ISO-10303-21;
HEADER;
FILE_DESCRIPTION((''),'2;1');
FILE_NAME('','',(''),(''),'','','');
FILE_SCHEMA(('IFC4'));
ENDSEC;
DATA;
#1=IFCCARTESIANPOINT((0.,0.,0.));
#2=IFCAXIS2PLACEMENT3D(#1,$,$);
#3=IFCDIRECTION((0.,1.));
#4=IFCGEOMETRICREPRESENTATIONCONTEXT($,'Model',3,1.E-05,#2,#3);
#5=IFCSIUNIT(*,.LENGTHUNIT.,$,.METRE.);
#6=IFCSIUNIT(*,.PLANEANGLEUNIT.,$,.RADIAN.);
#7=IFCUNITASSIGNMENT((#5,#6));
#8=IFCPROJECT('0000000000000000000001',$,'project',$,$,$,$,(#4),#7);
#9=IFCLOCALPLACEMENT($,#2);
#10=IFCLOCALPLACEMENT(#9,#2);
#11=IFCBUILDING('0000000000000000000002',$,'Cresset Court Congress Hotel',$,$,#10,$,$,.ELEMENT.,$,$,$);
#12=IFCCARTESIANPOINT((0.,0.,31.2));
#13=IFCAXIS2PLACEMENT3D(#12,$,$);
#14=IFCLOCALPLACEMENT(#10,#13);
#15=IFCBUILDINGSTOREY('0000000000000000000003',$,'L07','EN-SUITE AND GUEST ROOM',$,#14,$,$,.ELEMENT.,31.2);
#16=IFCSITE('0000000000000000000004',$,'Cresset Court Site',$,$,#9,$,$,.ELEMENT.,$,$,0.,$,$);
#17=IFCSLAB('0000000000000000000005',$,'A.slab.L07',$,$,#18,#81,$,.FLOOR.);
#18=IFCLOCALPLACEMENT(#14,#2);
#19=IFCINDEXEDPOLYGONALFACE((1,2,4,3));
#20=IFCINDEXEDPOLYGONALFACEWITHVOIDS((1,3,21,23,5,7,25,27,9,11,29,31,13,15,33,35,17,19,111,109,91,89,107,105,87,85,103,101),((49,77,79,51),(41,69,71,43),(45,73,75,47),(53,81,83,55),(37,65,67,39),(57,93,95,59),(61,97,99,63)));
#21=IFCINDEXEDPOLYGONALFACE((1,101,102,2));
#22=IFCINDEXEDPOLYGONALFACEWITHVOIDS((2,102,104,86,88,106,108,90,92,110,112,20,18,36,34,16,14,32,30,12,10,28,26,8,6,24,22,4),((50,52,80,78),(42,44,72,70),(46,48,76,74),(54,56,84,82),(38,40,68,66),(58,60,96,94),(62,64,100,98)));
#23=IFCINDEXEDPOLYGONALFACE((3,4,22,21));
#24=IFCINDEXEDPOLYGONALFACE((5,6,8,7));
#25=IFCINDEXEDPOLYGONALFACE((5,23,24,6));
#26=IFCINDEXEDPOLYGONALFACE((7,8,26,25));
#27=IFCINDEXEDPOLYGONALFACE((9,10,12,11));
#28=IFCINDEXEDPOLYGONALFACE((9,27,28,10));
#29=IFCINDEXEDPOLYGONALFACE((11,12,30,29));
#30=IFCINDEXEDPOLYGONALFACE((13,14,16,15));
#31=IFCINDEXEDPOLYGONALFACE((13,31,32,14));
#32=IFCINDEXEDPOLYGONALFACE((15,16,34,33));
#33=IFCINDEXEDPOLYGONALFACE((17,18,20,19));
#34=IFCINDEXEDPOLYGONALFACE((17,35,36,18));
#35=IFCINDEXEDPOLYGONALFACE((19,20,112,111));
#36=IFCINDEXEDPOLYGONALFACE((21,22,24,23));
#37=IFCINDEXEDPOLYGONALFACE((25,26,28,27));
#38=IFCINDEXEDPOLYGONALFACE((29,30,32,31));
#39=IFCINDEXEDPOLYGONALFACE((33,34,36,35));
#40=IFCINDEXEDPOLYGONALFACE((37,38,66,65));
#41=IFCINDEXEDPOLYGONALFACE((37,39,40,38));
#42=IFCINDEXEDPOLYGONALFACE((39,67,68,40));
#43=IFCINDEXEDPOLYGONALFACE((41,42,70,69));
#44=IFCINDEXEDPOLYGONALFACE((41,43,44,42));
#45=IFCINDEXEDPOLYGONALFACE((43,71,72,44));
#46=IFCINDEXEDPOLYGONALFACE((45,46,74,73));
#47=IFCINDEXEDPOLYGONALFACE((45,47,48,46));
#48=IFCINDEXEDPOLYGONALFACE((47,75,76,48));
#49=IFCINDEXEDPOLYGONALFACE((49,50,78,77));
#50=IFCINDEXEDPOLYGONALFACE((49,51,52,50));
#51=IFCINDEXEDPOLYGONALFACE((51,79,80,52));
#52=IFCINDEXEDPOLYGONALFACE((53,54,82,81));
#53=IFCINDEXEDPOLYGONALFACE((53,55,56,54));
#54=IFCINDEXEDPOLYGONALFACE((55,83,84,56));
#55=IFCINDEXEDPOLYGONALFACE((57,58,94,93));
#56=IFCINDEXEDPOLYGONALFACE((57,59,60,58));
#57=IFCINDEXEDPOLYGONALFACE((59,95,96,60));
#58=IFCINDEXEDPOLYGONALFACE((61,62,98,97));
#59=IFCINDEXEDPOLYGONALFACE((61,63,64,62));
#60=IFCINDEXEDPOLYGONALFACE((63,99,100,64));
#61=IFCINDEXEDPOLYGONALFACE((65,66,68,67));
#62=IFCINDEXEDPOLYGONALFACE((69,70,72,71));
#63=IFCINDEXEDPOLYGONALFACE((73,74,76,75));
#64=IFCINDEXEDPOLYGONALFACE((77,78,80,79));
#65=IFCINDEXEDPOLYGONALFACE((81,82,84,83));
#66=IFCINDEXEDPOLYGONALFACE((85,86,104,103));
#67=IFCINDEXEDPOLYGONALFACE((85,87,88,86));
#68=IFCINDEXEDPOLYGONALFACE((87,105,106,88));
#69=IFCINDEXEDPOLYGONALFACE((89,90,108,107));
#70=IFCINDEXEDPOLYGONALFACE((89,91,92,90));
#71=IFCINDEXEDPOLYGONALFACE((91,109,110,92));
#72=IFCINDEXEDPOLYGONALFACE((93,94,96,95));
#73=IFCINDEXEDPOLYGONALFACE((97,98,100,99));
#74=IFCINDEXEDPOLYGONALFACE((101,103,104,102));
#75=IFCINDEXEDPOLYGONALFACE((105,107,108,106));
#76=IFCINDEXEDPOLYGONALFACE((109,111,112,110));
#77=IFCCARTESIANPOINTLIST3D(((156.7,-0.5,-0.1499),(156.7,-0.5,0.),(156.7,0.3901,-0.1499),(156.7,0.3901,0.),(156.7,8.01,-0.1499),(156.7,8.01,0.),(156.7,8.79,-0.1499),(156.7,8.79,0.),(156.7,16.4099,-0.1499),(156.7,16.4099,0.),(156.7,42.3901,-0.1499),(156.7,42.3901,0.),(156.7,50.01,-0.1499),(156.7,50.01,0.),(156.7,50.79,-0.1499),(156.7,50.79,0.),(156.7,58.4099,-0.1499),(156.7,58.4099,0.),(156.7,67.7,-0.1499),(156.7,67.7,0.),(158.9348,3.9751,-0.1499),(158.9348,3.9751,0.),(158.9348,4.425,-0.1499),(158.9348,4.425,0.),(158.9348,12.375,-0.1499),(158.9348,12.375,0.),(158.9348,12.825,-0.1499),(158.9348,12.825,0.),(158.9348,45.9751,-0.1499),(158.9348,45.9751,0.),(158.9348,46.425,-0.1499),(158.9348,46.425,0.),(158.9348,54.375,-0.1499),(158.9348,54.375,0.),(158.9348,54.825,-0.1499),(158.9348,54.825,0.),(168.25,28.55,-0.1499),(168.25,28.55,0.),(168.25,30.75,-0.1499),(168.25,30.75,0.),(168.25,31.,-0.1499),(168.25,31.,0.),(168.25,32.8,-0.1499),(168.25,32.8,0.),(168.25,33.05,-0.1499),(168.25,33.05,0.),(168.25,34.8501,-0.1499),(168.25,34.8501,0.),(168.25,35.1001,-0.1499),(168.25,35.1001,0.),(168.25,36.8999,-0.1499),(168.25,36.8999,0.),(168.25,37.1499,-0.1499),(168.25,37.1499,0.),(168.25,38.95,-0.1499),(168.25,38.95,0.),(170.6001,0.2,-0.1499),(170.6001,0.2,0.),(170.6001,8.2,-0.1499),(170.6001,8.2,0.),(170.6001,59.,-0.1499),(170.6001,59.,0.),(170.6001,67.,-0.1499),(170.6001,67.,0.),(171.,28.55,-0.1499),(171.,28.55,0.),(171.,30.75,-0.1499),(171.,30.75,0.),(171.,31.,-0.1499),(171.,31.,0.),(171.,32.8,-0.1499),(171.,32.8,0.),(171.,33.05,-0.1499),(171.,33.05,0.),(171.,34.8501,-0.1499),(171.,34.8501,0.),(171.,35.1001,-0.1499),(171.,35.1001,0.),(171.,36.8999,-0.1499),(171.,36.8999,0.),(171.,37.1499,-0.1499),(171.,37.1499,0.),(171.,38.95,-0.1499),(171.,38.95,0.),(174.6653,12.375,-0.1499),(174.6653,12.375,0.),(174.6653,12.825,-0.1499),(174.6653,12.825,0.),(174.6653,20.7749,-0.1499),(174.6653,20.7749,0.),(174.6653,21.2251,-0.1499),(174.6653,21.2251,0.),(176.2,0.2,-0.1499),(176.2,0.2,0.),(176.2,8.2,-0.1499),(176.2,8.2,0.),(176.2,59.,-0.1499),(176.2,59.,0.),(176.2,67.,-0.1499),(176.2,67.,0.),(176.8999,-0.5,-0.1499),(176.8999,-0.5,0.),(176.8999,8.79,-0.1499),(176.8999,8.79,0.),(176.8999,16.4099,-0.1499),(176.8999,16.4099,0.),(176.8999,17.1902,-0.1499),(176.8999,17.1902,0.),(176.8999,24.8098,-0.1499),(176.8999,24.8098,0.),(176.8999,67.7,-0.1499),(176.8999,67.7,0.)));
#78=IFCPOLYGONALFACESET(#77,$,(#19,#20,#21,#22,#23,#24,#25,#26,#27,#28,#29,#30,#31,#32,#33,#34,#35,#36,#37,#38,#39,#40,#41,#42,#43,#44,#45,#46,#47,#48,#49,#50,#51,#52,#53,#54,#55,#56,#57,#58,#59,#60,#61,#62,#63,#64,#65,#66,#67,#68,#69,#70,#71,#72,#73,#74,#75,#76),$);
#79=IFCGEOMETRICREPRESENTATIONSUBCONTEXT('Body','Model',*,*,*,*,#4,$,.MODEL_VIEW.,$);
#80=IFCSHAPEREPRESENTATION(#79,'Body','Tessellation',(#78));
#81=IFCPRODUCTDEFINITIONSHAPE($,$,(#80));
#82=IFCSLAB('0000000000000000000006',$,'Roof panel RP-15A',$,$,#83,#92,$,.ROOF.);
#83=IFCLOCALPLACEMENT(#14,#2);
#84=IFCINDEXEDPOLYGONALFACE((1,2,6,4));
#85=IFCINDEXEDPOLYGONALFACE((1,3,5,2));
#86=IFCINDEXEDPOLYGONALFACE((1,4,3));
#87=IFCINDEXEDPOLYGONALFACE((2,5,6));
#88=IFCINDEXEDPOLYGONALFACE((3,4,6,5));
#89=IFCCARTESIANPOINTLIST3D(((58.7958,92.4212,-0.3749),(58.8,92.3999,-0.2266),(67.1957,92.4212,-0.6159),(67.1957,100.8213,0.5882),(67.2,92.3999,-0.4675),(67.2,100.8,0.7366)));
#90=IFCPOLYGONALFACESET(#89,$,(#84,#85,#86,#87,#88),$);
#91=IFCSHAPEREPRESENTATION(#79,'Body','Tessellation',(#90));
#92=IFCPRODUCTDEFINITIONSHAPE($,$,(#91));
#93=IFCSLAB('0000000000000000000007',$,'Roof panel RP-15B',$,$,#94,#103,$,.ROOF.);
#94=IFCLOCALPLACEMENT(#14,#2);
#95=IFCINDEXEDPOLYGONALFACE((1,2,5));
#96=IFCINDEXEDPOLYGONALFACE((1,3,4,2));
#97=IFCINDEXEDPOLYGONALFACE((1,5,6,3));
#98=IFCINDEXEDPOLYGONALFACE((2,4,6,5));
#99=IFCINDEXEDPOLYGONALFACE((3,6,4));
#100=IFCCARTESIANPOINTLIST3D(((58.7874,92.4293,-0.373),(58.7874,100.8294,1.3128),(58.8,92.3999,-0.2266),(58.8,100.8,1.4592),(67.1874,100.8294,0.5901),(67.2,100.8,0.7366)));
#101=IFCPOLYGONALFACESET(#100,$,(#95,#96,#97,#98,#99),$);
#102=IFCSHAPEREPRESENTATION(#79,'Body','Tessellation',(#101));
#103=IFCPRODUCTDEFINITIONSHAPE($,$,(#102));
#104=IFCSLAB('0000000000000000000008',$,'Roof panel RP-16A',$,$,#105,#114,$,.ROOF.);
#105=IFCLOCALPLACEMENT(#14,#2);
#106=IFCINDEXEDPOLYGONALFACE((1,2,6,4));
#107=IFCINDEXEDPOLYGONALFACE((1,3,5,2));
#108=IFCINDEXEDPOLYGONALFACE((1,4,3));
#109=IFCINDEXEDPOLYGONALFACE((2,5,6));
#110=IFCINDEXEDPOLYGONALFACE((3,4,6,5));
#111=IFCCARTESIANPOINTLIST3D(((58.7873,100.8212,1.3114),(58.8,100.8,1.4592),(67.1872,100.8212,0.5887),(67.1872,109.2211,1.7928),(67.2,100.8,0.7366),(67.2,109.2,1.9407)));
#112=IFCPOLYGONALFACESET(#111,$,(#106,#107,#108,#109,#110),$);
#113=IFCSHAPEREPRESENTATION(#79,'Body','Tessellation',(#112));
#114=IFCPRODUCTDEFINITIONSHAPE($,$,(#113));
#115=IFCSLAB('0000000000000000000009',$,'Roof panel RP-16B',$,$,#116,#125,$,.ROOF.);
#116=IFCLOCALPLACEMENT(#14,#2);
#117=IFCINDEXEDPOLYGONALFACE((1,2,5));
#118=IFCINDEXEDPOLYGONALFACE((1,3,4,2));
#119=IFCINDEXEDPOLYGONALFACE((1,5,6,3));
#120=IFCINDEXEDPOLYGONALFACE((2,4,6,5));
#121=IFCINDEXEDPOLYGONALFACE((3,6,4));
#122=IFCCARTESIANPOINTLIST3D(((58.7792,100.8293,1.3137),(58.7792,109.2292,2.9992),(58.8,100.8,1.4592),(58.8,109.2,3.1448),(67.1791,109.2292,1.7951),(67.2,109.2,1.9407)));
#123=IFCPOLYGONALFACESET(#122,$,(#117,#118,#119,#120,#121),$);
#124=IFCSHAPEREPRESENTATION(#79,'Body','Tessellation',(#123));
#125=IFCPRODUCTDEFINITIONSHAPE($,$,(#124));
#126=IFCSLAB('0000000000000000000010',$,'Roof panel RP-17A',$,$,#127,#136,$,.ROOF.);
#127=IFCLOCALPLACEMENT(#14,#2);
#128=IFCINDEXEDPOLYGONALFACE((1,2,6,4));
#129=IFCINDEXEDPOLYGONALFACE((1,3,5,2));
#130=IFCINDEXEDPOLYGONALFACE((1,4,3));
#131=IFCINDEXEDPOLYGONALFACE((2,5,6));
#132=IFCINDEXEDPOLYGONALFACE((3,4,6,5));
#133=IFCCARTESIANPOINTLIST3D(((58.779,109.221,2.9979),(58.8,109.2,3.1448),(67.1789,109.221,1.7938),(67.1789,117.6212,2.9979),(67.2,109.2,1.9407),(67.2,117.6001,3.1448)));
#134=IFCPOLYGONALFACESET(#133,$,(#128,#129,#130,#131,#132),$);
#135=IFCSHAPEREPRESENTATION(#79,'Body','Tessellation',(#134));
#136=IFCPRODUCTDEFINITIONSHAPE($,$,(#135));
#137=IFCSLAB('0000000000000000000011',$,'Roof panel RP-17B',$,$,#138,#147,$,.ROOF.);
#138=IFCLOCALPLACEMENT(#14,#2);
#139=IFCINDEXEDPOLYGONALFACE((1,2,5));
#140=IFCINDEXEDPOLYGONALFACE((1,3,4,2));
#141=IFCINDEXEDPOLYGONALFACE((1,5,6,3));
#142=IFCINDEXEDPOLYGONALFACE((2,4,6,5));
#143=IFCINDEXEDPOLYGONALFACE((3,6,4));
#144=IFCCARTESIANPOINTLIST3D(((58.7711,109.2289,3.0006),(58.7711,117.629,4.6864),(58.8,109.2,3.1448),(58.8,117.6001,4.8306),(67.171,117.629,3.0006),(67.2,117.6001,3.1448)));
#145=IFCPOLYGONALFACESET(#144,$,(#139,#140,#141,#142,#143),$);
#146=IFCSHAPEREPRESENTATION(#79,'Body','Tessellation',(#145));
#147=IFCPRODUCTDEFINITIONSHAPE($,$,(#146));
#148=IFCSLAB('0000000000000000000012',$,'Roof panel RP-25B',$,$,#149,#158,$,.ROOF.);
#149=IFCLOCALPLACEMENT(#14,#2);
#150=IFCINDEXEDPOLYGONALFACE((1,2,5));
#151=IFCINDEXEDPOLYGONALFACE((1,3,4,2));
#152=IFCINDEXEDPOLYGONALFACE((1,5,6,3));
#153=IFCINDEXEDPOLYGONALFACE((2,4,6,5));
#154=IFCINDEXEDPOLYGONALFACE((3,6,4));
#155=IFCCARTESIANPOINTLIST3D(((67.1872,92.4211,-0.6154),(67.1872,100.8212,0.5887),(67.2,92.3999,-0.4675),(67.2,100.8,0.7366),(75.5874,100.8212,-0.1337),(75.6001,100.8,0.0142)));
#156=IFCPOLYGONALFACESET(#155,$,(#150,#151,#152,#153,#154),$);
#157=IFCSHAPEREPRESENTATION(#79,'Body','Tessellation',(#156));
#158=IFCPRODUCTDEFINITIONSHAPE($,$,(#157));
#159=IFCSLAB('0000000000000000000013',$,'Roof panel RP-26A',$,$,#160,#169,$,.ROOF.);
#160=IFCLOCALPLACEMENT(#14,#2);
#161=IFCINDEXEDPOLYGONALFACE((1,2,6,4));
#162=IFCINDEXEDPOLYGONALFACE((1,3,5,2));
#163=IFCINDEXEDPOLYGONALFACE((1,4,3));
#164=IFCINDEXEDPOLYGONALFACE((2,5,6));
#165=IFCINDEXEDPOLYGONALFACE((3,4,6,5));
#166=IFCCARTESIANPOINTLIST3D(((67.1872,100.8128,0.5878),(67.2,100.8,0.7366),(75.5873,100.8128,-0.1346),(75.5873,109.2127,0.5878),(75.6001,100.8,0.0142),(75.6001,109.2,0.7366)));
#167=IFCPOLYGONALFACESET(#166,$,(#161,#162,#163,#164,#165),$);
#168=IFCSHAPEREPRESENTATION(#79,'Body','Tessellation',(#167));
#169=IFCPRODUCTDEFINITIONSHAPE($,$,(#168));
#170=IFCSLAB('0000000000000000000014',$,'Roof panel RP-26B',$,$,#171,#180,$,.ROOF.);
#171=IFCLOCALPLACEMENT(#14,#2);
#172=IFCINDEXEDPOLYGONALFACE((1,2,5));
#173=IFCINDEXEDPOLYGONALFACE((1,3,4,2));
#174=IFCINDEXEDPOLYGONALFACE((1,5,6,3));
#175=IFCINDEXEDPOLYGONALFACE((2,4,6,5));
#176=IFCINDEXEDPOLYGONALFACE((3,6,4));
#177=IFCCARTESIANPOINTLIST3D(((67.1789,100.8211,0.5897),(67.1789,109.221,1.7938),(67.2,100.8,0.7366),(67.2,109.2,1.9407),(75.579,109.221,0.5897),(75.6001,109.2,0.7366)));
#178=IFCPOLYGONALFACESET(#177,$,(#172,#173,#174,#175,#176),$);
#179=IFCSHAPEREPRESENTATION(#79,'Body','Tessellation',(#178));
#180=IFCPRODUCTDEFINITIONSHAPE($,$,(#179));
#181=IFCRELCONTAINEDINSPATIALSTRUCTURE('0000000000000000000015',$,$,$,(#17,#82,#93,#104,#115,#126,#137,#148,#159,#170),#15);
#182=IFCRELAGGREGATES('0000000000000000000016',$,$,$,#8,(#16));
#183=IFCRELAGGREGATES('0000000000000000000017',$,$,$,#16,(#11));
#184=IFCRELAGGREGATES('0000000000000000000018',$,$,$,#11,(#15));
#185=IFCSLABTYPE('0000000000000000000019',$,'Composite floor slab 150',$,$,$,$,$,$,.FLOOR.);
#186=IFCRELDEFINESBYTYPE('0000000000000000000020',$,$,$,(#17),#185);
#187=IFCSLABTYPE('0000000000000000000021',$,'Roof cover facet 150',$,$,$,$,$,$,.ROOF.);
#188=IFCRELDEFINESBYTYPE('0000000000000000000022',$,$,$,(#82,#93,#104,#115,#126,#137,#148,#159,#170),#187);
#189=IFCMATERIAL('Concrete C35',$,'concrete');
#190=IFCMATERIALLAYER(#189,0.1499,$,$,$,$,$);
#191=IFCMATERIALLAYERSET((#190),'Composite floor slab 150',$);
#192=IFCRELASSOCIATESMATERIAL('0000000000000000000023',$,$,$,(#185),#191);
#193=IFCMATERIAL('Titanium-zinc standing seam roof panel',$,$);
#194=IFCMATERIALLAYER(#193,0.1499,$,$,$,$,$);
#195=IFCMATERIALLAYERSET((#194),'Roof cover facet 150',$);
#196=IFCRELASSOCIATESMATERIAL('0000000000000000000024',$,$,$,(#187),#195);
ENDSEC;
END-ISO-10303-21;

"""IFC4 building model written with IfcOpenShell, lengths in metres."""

from ifc_helpers import new_model, si_unit, direction, frame, origin, place, context, subcontext, project, spatial, polyline, outline, extrude, material, layer, layer_set, type_object, element, save


model = new_model("IFC4")

# Units and contexts
model_context = context("Model", 3, precision=1e-05, world=origin(), true_north=direction((0.0, 1.0)))
body_context = subcontext(model_context, "Body", "Model", "MODEL_VIEW")
ifc_project = project(units=[si_unit("LENGTHUNIT", "METRE"), si_unit("PLANEANGLEUNIT", "RADIAN")], contexts=[model_context])

# Site, building, storey
site_placement = place(None, origin())
site = spatial("IfcSite", under=ifc_project, at=site_placement, Name="Cresset Court Site", CompositionType="ELEMENT", RefElevation=0.0)
building_placement = place(site_placement, origin())
building = spatial("IfcBuilding", under=site, at=building_placement, Name="Cresset Court Congress Hotel", CompositionType="ELEMENT")
storey_placement = place(building_placement, frame((0.0, 0.0, 31.2)))
storey = spatial("IfcBuildingStorey", under=building, at=storey_placement, Name="L07", Description="EN-SUITE AND GUEST ROOM", CompositionType="ELEMENT", Elevation=31.2)

# Slabs
ifc_material_1 = material(Name="Concrete C35", Category="concrete")
ifc_layer_1 = layer(ifc_material_1, 0.1499)
ifc_layer_set_1 = layer_set([ifc_layer_1], Name="Composite floor slab 150")
slab_type_1 = type_object("IfcSlabType", Name="Composite floor slab 150", PredefinedType="FLOOR", material=ifc_layer_set_1)
slab_1_placement = place(storey_placement, frame((0.0, 0.0, -0.1499)))
element("IfcSlab", 1, at=slab_1_placement, inside=storey, type_object=slab_type_1, Name="A.slab.L07", PredefinedType="FLOOR", context=body_context, shape_type="SweptSolid", body=[
    extrude(outline(polyline([(156.7, -0.5), (176.8999, -0.5), (176.8999, 8.79), (174.6653, 12.375), (174.6653, 12.825), (176.8999, 16.4099), (176.8999, 17.1902), (174.6653, 20.7749), (174.6653, 21.2251), (176.8999, 24.8098), (176.8999, 67.7), (156.7, 67.7), (156.7, 58.4099), (158.9348, 54.825), (158.9348, 54.375), (156.7, 50.79), (156.7, 50.01), (158.9348, 46.425), (158.9348, 45.9751), (156.7, 42.3901), (156.7, 16.4099), (158.9348, 12.825), (158.9348, 12.375), (156.7, 8.79), (156.7, 8.01), (158.9348, 4.425), (158.9348, 3.9751), (156.7, 0.3901), (156.7, -0.5)]), holes=[polyline([(170.6001, 0.2), (176.2, 0.2), (176.2, 8.2), (170.6001, 8.2), (170.6001, 0.2)]), polyline([(170.6001, 59.0), (176.2, 59.0), (176.2, 67.0), (170.6001, 67.0), (170.6001, 59.0)]), polyline([(168.25, 28.55), (171.0, 28.55), (171.0, 30.75), (168.25, 30.75), (168.25, 28.55)]), polyline([(168.25, 31.0), (171.0, 31.0), (171.0, 32.8), (168.25, 32.8), (168.25, 31.0)]), polyline([(168.25, 33.05), (171.0, 33.05), (171.0, 34.8501), (168.25, 34.8501), (168.25, 33.05)]), polyline([(168.25, 35.1001), (171.0, 35.1001), (171.0, 36.8999), (168.25, 36.8999), (168.25, 35.1001)]), polyline([(168.25, 37.1499), (171.0, 37.1499), (171.0, 38.95), (168.25, 38.95), (168.25, 37.1499)])]), origin(), (0.0, 0.0, 1.0), 0.1499),
])
ifc_material_2 = material(Name="Titanium-zinc standing seam roof panel")
ifc_layer_2 = layer(ifc_material_2, 0.1499)
ifc_layer_set_2 = layer_set([ifc_layer_2], Name="Roof cover facet 150")
slab_type_2 = type_object("IfcSlabType", Name="Roof cover facet 150", PredefinedType="ROOF", material=ifc_layer_set_2)
slab_2_placement = place(storey_placement, frame((58.8, 92.3999, -0.2266), z_axis=(0.028385, -0.141835, 0.989483), x_axis=(0.999589, 0.0, -0.028675)))
element("IfcSlab", 2, at=slab_2_placement, inside=storey, type_object=slab_type_2, Name="Roof panel RP-15A", PredefinedType="ROOF", context=body_context, shape_type="SweptSolid", body=[
    extrude(outline(polyline([(0.0, 0.0), (8.4034, 0.0), (8.3688, 8.4859), (0.0, 0.0)])), origin(), (0.0, 0.0, -1.0), 0.1499),
])
slab_3_placement = place(storey_placement, frame((58.8, 92.3999, -0.2266), z_axis=(0.084051, -0.196066, 0.976982), x_axis=(0.704784, 0.704804, 0.080811)))
element("IfcSlab", 3, at=slab_3_placement, inside=storey, type_object=slab_type_2, Name="Roof panel RP-15B", PredefinedType="ROOF", context=body_context, shape_type="SweptSolid", body=[
    extrude(outline(polyline([(0.0, 0.0), (11.9184, 0.0), (6.0567, 6.0598), (0.0, 0.0)])), origin(), (0.0, 0.0, -1.0), 0.1499),
])
slab_4_placement = place(storey_placement, frame((58.8, 100.8, 1.4592), z_axis=(0.084854, -0.141385, 0.986311), x_axis=(0.99632, 0.0, -0.085715)))
element("IfcSlab", 4, at=slab_4_placement, inside=storey, type_object=slab_type_2, Name="Roof panel RP-16A", PredefinedType="ROOF", context=body_context, shape_type="SweptSolid", body=[
    extrude(outline(polyline([(0.0, 0.0), (8.4309, 0.0), (8.3277, 8.4851), (0.0, 0.0)])), origin(), (0.0, 0.0, -1.0), 0.1499),
])
slab_5_placement = place(storey_placement, frame((58.8, 100.8, 1.4592), z_axis=(0.139178, -0.194826, 0.970913), x_axis=(0.706527, 0.706527, 0.040495)))
element("IfcSlab", 5, at=slab_5_placement, inside=storey, type_object=slab_type_2, Name="Roof panel RP-16B", PredefinedType="ROOF", context=body_context, shape_type="SweptSolid", body=[
    extrude(outline(polyline([(0.0, 0.0), (11.889, 0.0), (6.003, 6.1126), (0.0, 0.0)])), origin(), (0.0, 0.0, -1.0), 0.1499),
])
slab_6_placement = place(storey_placement, frame((58.8, 109.2, 3.1448), z_axis=(0.140489, -0.140485, 0.980065), x_axis=(0.989881, 0.0, -0.141897)))
element("IfcSlab", 6, at=slab_6_placement, inside=storey, type_object=slab_type_2, Name="Roof panel RP-17A", PredefinedType="ROOF", context=body_context, shape_type="SweptSolid", body=[
    extrude(outline(polyline([(0.0, 0.0), (8.4858, 0.0), (8.3149, 8.4843), (0.0, 0.0)])), origin(), (0.0, 0.0, -1.0), 0.1499),
])
slab_7_placement = place(storey_placement, frame((58.8, 109.2, 3.1448), z_axis=(0.193066, -0.193061, 0.962005), x_axis=(0.707097, 0.707117, 0.0)))
element("IfcSlab", 7, at=slab_7_placement, inside=storey, type_object=slab_type_2, Name="Roof panel RP-17B", PredefinedType="ROOF", context=body_context, shape_type="SweptSolid", body=[
    extrude(outline(polyline([(0.0, 0.0), (11.8794, 0.0), (5.9399, 6.1743), (0.0, 0.0)])), origin(), (0.0, 0.0, -1.0), 0.1499),
])
slab_8_placement = place(storey_placement, frame((67.2, 92.3999, -0.4675), z_axis=(0.084823, -0.141381, 0.986315), x_axis=(0.706526, 0.706526, 0.040514)))
element("IfcSlab", 8, at=slab_8_placement, inside=storey, type_object=slab_type_2, Name="Roof panel RP-25B", PredefinedType="ROOF", context=body_context, shape_type="SweptSolid", body=[
    extrude(outline(polyline([(0.0, 0.0), (11.8894, 0.0), (5.9837, 6.0173), (0.0, 0.0)])), origin(), (0.0, 0.0, -1.0), 0.1499),
])
slab_9_placement = place(storey_placement, frame((67.2, 100.8, 0.7366), z_axis=(0.085371, -0.085373, 0.992685), x_axis=(0.996322, 0.0, -0.085684)))
element("IfcSlab", 9, at=slab_9_placement, inside=storey, type_object=slab_type_2, Name="Roof panel RP-26A", PredefinedType="ROOF", context=body_context, shape_type="SweptSolid", body=[
    extrude(outline(polyline([(0.0, 0.0), (8.4312, 0.0), (8.3693, 8.4307), (0.0, 0.0)])), origin(), (0.0, 0.0, -1.0), 0.1499),
])
slab_10_placement = place(storey_placement, frame((67.2, 100.8, 0.7366), z_axis=(0.140485, -0.140489, 0.980065), x_axis=(0.707117, 0.707097, 0.0)))
element("IfcSlab", 10, at=slab_10_placement, inside=storey, type_object=slab_type_2, Name="Roof panel RP-26B", PredefinedType="ROOF", context=body_context, shape_type="SweptSolid", body=[
    extrude(outline(polyline([(0.0, 0.0), (11.8794, 0.0), (5.9395, 6.0605), (0.0, 0.0)])), origin(), (0.0, 0.0, -1.0), 0.1499),
])

save(model, "model.ifc")
